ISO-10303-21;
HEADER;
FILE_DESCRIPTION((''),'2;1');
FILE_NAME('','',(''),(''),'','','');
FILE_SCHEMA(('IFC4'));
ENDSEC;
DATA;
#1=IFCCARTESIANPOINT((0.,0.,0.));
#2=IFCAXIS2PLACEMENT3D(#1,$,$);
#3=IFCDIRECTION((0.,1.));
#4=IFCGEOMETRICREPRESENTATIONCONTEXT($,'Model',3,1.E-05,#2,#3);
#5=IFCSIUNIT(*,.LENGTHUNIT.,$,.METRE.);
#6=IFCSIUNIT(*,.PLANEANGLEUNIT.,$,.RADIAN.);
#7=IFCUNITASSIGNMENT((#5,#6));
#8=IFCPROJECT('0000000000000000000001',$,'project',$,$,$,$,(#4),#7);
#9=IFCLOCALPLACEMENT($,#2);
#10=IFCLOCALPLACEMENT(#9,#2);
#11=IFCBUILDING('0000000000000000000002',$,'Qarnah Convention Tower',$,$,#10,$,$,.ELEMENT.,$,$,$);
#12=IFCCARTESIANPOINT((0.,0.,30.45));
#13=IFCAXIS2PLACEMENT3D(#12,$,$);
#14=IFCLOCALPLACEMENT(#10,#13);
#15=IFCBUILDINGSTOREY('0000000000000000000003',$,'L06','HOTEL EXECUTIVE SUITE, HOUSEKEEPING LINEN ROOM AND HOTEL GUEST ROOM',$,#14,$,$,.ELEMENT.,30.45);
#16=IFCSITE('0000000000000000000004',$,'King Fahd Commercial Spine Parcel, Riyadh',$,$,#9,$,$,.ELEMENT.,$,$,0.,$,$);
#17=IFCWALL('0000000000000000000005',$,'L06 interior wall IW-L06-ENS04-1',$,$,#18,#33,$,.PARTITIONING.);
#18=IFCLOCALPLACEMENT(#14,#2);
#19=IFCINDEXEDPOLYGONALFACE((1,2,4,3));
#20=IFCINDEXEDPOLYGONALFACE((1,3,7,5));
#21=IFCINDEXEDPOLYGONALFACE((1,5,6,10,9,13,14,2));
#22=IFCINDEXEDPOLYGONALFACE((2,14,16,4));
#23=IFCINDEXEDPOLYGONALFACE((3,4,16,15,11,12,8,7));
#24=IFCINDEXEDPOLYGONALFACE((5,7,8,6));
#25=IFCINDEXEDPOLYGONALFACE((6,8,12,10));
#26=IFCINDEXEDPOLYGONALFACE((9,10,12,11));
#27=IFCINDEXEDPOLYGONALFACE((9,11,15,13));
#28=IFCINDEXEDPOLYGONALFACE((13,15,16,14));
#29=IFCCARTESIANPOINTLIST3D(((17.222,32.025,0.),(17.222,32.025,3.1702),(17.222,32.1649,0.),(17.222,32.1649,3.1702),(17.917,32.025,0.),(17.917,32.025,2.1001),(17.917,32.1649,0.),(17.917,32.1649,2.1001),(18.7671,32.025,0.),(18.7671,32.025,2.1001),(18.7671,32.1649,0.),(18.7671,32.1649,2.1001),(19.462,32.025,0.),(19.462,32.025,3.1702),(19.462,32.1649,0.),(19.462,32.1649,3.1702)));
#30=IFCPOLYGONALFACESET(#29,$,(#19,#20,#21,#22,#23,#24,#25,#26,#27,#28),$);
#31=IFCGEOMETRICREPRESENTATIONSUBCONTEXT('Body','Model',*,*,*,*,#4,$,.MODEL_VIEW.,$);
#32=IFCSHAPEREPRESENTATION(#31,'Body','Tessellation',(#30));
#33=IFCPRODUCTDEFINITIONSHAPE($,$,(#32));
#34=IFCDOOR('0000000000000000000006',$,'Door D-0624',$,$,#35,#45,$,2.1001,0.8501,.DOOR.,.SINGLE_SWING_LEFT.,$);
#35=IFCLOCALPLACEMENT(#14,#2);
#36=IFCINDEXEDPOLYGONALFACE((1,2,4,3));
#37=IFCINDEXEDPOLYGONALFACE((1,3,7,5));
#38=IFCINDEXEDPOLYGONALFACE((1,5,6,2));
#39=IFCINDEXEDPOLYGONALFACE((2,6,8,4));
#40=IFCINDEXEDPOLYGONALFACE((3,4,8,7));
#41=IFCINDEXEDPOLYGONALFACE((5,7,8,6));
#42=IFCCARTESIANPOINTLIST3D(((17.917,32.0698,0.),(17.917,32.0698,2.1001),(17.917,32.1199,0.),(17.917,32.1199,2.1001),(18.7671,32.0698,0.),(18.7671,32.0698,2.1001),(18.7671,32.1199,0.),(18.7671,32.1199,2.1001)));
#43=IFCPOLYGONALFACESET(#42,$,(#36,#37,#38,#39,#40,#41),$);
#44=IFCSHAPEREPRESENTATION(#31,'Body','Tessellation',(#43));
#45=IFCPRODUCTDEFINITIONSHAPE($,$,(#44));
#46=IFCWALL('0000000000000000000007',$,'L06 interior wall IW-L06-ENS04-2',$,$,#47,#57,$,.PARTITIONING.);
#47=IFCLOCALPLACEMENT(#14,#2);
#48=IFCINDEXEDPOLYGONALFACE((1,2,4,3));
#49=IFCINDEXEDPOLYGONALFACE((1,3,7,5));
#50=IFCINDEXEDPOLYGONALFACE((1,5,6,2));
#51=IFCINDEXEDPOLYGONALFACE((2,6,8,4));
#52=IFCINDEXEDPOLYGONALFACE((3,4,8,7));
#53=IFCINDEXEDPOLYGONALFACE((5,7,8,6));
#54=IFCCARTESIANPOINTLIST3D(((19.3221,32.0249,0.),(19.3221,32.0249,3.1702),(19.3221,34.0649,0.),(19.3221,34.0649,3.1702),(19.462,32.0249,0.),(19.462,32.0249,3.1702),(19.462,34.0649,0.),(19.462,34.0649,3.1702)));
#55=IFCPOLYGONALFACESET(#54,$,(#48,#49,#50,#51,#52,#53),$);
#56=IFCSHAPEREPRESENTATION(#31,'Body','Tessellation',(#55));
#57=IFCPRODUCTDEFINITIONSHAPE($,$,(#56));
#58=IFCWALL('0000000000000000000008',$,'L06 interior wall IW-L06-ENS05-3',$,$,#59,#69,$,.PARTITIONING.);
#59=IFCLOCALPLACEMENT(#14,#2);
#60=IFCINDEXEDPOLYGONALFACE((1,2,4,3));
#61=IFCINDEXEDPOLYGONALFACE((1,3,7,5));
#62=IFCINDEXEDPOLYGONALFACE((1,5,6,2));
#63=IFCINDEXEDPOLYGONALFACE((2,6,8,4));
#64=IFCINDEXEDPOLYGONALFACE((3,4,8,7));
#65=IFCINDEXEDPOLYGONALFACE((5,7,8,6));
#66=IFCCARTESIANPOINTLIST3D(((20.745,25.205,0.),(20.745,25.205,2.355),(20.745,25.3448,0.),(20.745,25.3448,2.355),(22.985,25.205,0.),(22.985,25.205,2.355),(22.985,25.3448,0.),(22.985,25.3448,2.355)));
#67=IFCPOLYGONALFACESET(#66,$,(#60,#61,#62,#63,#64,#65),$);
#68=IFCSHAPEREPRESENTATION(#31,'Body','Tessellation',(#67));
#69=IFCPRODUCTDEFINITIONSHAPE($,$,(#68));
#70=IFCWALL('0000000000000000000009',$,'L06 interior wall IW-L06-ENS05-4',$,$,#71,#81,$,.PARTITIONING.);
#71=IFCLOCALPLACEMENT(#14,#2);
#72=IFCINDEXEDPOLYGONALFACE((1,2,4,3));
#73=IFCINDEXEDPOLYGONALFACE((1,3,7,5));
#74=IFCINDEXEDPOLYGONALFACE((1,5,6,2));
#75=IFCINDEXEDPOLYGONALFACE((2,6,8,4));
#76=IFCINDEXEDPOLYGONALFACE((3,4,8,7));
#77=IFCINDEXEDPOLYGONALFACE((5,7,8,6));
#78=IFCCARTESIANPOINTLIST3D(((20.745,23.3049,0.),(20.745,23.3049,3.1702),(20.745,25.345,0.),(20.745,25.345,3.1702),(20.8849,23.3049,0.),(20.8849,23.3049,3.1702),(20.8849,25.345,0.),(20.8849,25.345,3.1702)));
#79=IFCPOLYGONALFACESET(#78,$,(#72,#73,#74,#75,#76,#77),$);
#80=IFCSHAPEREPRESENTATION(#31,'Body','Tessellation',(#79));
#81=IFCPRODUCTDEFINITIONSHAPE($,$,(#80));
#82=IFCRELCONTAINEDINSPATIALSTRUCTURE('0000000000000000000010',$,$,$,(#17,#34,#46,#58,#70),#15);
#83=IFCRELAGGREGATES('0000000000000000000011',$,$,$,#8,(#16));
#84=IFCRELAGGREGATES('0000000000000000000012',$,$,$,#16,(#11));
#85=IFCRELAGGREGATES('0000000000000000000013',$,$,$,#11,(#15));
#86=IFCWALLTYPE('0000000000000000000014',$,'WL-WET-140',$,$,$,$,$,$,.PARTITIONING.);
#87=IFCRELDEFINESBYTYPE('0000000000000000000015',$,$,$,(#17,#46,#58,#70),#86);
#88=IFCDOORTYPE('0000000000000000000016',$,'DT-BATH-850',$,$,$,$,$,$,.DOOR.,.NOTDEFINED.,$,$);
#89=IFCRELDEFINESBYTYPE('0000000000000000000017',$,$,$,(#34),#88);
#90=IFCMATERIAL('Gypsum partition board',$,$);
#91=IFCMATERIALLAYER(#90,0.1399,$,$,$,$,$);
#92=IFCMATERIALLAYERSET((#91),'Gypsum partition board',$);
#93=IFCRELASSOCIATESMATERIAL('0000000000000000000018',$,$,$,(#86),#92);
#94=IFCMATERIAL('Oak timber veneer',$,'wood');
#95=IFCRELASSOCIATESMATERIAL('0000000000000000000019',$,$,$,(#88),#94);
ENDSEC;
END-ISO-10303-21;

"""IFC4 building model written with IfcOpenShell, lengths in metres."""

from ifc_helpers import new_model, si_unit, direction, frame, frame_2d, origin, place, context, subcontext, project, spatial, rectangle, extrude, material, layer, layer_set, type_object, element, fill, save


model = new_model("IFC4")

# Units and contexts
model_context = context("Model", 3, precision=1e-05, world=origin(), true_north=direction((0.0, 1.0)))
body_context = subcontext(model_context, "Body", "Model", "MODEL_VIEW")
ifc_project = project(units=[si_unit("LENGTHUNIT", "METRE"), si_unit("PLANEANGLEUNIT", "RADIAN")], contexts=[model_context])

# Site, building, storey
site_placement = place(None, origin())
site = spatial("IfcSite", under=ifc_project, at=site_placement, Name="King Fahd Commercial Spine Parcel, Riyadh", CompositionType="ELEMENT", RefElevation=0.0)
building_placement = place(site_placement, origin())
building = spatial("IfcBuilding", under=site, at=building_placement, Name="Qarnah Convention Tower", CompositionType="ELEMENT")
storey_placement = place(building_placement, frame((0.0, 0.0, 30.45)))
storey = spatial("IfcBuildingStorey", under=building, at=storey_placement, Name="L06", Description="HOTEL EXECUTIVE SUITE, HOUSEKEEPING LINEN ROOM AND HOTEL GUEST ROOM", CompositionType="ELEMENT", Elevation=30.45)

# Shared definitions
ifc_material_1 = material(Name="Gypsum partition board")
ifc_material_2 = material(Name="Oak timber veneer", Category="wood")

# Wall, opening, door
ifc_layer_1 = layer(ifc_material_1, 0.1399)
ifc_layer_set_1 = layer_set([ifc_layer_1], Name="Gypsum partition board")
wall_type_1 = type_object("IfcWallType", Name="WL-WET-140", PredefinedType="PARTITIONING", material=ifc_layer_set_1)
wall_1_placement = place(storey_placement, frame((17.2219, 32.095, 0.0), z_axis=(0.0, 0.0, 1.0), x_axis=(1.0, 0.0, 0.0)))
wall_1 = element("IfcWall", 1, at=wall_1_placement, inside=storey, type_object=wall_type_1, Name="L06 interior wall IW-L06-ENS04-1", PredefinedType="PARTITIONING", context=body_context, shape_type="SweptSolid", body=[
    extrude(rectangle(XDim=2.24, YDim=0.1399, at=frame_2d((1.1201, 0.0))), origin(), (0.0, 0.0, 1.0), 3.1702),
])
opening_1_placement = place(wall_1_placement, frame((0.6951, 0.0, 0.0)))
opening_1 = element("IfcOpeningElement", 2, at=opening_1_placement, cuts=wall_1, PredefinedType="OPENING", context=body_context, shape_type="SweptSolid", body=[
    extrude(rectangle(XDim=0.8501, YDim=2.1001, at=frame_2d((0.425, 1.05))), frame((0.0, 0.0798, 0.0), z_axis=(0.0, -1.0, 0.0), x_axis=(1.0, 0.0, 0.0)), (0.0, 0.0, 1.0), 0.1599),
])
door_type_1 = type_object("IfcDoorType", Name="DT-BATH-850", OperationType="NOTDEFINED", PredefinedType="DOOR", material=ifc_material_2)
door_1_placement = place(opening_1_placement, origin())
door_1 = element("IfcDoor", 3, at=door_1_placement, inside=storey, type_object=door_type_1, Name="Door D-0624", OperationType="SINGLE_SWING_LEFT", OverallHeight=2.1001, OverallWidth=0.8501, PredefinedType="DOOR", context=body_context, shape_type="SweptSolid", body=[
    extrude(rectangle(XDim=0.8501, YDim=2.1001, at=frame_2d((0.425, 1.05))), frame((0.0, 0.0249, 0.0), z_axis=(0.0, -1.0, 0.0), x_axis=(1.0, 0.0, 0.0)), (0.0, 0.0, 1.0), 0.05),
])
fill(opening_1, door_1)

# Walls
wall_2_placement = place(storey_placement, frame((19.3921, 32.0249, 0.0), z_axis=(0.0, 0.0, 1.0), x_axis=(0.0, 1.0, 0.0)))
element("IfcWall", 4, at=wall_2_placement, inside=storey, type_object=wall_type_1, Name="L06 interior wall IW-L06-ENS04-2", PredefinedType="PARTITIONING", context=body_context, shape_type="SweptSolid", body=[
    extrude(rectangle(XDim=2.04, YDim=0.1399, at=frame_2d((1.02, 0.0))), origin(), (0.0, 0.0, 1.0), 3.1702),
])
wall_3_placement = place(storey_placement, frame((22.9851, 25.2749, 0.0), z_axis=(0.0, 0.0, 1.0), x_axis=(-1.0, 0.0, 0.0)))
element("IfcWall", 5, at=wall_3_placement, inside=storey, type_object=wall_type_1, Name="L06 interior wall IW-L06-ENS05-3", PredefinedType="PARTITIONING", context=body_context, shape_type="SweptSolid", body=[
    extrude(rectangle(XDim=2.24, YDim=0.1399, at=frame_2d((1.1201, 0.0))), origin(), (0.0, 0.0, 1.0), 2.355),
])
wall_4_placement = place(storey_placement, frame((20.8149, 25.345, 0.0), z_axis=(0.0, 0.0, 1.0), x_axis=(0.0, -1.0, 0.0)))
element("IfcWall", 6, at=wall_4_placement, inside=storey, type_object=wall_type_1, Name="L06 interior wall IW-L06-ENS05-4", PredefinedType="PARTITIONING", context=body_context, shape_type="SweptSolid", body=[
    extrude(rectangle(XDim=2.04, YDim=0.1399, at=frame_2d((1.02, 0.0))), origin(), (0.0, 0.0, 1.0), 3.1702),
])

save(model, "model.ifc")
